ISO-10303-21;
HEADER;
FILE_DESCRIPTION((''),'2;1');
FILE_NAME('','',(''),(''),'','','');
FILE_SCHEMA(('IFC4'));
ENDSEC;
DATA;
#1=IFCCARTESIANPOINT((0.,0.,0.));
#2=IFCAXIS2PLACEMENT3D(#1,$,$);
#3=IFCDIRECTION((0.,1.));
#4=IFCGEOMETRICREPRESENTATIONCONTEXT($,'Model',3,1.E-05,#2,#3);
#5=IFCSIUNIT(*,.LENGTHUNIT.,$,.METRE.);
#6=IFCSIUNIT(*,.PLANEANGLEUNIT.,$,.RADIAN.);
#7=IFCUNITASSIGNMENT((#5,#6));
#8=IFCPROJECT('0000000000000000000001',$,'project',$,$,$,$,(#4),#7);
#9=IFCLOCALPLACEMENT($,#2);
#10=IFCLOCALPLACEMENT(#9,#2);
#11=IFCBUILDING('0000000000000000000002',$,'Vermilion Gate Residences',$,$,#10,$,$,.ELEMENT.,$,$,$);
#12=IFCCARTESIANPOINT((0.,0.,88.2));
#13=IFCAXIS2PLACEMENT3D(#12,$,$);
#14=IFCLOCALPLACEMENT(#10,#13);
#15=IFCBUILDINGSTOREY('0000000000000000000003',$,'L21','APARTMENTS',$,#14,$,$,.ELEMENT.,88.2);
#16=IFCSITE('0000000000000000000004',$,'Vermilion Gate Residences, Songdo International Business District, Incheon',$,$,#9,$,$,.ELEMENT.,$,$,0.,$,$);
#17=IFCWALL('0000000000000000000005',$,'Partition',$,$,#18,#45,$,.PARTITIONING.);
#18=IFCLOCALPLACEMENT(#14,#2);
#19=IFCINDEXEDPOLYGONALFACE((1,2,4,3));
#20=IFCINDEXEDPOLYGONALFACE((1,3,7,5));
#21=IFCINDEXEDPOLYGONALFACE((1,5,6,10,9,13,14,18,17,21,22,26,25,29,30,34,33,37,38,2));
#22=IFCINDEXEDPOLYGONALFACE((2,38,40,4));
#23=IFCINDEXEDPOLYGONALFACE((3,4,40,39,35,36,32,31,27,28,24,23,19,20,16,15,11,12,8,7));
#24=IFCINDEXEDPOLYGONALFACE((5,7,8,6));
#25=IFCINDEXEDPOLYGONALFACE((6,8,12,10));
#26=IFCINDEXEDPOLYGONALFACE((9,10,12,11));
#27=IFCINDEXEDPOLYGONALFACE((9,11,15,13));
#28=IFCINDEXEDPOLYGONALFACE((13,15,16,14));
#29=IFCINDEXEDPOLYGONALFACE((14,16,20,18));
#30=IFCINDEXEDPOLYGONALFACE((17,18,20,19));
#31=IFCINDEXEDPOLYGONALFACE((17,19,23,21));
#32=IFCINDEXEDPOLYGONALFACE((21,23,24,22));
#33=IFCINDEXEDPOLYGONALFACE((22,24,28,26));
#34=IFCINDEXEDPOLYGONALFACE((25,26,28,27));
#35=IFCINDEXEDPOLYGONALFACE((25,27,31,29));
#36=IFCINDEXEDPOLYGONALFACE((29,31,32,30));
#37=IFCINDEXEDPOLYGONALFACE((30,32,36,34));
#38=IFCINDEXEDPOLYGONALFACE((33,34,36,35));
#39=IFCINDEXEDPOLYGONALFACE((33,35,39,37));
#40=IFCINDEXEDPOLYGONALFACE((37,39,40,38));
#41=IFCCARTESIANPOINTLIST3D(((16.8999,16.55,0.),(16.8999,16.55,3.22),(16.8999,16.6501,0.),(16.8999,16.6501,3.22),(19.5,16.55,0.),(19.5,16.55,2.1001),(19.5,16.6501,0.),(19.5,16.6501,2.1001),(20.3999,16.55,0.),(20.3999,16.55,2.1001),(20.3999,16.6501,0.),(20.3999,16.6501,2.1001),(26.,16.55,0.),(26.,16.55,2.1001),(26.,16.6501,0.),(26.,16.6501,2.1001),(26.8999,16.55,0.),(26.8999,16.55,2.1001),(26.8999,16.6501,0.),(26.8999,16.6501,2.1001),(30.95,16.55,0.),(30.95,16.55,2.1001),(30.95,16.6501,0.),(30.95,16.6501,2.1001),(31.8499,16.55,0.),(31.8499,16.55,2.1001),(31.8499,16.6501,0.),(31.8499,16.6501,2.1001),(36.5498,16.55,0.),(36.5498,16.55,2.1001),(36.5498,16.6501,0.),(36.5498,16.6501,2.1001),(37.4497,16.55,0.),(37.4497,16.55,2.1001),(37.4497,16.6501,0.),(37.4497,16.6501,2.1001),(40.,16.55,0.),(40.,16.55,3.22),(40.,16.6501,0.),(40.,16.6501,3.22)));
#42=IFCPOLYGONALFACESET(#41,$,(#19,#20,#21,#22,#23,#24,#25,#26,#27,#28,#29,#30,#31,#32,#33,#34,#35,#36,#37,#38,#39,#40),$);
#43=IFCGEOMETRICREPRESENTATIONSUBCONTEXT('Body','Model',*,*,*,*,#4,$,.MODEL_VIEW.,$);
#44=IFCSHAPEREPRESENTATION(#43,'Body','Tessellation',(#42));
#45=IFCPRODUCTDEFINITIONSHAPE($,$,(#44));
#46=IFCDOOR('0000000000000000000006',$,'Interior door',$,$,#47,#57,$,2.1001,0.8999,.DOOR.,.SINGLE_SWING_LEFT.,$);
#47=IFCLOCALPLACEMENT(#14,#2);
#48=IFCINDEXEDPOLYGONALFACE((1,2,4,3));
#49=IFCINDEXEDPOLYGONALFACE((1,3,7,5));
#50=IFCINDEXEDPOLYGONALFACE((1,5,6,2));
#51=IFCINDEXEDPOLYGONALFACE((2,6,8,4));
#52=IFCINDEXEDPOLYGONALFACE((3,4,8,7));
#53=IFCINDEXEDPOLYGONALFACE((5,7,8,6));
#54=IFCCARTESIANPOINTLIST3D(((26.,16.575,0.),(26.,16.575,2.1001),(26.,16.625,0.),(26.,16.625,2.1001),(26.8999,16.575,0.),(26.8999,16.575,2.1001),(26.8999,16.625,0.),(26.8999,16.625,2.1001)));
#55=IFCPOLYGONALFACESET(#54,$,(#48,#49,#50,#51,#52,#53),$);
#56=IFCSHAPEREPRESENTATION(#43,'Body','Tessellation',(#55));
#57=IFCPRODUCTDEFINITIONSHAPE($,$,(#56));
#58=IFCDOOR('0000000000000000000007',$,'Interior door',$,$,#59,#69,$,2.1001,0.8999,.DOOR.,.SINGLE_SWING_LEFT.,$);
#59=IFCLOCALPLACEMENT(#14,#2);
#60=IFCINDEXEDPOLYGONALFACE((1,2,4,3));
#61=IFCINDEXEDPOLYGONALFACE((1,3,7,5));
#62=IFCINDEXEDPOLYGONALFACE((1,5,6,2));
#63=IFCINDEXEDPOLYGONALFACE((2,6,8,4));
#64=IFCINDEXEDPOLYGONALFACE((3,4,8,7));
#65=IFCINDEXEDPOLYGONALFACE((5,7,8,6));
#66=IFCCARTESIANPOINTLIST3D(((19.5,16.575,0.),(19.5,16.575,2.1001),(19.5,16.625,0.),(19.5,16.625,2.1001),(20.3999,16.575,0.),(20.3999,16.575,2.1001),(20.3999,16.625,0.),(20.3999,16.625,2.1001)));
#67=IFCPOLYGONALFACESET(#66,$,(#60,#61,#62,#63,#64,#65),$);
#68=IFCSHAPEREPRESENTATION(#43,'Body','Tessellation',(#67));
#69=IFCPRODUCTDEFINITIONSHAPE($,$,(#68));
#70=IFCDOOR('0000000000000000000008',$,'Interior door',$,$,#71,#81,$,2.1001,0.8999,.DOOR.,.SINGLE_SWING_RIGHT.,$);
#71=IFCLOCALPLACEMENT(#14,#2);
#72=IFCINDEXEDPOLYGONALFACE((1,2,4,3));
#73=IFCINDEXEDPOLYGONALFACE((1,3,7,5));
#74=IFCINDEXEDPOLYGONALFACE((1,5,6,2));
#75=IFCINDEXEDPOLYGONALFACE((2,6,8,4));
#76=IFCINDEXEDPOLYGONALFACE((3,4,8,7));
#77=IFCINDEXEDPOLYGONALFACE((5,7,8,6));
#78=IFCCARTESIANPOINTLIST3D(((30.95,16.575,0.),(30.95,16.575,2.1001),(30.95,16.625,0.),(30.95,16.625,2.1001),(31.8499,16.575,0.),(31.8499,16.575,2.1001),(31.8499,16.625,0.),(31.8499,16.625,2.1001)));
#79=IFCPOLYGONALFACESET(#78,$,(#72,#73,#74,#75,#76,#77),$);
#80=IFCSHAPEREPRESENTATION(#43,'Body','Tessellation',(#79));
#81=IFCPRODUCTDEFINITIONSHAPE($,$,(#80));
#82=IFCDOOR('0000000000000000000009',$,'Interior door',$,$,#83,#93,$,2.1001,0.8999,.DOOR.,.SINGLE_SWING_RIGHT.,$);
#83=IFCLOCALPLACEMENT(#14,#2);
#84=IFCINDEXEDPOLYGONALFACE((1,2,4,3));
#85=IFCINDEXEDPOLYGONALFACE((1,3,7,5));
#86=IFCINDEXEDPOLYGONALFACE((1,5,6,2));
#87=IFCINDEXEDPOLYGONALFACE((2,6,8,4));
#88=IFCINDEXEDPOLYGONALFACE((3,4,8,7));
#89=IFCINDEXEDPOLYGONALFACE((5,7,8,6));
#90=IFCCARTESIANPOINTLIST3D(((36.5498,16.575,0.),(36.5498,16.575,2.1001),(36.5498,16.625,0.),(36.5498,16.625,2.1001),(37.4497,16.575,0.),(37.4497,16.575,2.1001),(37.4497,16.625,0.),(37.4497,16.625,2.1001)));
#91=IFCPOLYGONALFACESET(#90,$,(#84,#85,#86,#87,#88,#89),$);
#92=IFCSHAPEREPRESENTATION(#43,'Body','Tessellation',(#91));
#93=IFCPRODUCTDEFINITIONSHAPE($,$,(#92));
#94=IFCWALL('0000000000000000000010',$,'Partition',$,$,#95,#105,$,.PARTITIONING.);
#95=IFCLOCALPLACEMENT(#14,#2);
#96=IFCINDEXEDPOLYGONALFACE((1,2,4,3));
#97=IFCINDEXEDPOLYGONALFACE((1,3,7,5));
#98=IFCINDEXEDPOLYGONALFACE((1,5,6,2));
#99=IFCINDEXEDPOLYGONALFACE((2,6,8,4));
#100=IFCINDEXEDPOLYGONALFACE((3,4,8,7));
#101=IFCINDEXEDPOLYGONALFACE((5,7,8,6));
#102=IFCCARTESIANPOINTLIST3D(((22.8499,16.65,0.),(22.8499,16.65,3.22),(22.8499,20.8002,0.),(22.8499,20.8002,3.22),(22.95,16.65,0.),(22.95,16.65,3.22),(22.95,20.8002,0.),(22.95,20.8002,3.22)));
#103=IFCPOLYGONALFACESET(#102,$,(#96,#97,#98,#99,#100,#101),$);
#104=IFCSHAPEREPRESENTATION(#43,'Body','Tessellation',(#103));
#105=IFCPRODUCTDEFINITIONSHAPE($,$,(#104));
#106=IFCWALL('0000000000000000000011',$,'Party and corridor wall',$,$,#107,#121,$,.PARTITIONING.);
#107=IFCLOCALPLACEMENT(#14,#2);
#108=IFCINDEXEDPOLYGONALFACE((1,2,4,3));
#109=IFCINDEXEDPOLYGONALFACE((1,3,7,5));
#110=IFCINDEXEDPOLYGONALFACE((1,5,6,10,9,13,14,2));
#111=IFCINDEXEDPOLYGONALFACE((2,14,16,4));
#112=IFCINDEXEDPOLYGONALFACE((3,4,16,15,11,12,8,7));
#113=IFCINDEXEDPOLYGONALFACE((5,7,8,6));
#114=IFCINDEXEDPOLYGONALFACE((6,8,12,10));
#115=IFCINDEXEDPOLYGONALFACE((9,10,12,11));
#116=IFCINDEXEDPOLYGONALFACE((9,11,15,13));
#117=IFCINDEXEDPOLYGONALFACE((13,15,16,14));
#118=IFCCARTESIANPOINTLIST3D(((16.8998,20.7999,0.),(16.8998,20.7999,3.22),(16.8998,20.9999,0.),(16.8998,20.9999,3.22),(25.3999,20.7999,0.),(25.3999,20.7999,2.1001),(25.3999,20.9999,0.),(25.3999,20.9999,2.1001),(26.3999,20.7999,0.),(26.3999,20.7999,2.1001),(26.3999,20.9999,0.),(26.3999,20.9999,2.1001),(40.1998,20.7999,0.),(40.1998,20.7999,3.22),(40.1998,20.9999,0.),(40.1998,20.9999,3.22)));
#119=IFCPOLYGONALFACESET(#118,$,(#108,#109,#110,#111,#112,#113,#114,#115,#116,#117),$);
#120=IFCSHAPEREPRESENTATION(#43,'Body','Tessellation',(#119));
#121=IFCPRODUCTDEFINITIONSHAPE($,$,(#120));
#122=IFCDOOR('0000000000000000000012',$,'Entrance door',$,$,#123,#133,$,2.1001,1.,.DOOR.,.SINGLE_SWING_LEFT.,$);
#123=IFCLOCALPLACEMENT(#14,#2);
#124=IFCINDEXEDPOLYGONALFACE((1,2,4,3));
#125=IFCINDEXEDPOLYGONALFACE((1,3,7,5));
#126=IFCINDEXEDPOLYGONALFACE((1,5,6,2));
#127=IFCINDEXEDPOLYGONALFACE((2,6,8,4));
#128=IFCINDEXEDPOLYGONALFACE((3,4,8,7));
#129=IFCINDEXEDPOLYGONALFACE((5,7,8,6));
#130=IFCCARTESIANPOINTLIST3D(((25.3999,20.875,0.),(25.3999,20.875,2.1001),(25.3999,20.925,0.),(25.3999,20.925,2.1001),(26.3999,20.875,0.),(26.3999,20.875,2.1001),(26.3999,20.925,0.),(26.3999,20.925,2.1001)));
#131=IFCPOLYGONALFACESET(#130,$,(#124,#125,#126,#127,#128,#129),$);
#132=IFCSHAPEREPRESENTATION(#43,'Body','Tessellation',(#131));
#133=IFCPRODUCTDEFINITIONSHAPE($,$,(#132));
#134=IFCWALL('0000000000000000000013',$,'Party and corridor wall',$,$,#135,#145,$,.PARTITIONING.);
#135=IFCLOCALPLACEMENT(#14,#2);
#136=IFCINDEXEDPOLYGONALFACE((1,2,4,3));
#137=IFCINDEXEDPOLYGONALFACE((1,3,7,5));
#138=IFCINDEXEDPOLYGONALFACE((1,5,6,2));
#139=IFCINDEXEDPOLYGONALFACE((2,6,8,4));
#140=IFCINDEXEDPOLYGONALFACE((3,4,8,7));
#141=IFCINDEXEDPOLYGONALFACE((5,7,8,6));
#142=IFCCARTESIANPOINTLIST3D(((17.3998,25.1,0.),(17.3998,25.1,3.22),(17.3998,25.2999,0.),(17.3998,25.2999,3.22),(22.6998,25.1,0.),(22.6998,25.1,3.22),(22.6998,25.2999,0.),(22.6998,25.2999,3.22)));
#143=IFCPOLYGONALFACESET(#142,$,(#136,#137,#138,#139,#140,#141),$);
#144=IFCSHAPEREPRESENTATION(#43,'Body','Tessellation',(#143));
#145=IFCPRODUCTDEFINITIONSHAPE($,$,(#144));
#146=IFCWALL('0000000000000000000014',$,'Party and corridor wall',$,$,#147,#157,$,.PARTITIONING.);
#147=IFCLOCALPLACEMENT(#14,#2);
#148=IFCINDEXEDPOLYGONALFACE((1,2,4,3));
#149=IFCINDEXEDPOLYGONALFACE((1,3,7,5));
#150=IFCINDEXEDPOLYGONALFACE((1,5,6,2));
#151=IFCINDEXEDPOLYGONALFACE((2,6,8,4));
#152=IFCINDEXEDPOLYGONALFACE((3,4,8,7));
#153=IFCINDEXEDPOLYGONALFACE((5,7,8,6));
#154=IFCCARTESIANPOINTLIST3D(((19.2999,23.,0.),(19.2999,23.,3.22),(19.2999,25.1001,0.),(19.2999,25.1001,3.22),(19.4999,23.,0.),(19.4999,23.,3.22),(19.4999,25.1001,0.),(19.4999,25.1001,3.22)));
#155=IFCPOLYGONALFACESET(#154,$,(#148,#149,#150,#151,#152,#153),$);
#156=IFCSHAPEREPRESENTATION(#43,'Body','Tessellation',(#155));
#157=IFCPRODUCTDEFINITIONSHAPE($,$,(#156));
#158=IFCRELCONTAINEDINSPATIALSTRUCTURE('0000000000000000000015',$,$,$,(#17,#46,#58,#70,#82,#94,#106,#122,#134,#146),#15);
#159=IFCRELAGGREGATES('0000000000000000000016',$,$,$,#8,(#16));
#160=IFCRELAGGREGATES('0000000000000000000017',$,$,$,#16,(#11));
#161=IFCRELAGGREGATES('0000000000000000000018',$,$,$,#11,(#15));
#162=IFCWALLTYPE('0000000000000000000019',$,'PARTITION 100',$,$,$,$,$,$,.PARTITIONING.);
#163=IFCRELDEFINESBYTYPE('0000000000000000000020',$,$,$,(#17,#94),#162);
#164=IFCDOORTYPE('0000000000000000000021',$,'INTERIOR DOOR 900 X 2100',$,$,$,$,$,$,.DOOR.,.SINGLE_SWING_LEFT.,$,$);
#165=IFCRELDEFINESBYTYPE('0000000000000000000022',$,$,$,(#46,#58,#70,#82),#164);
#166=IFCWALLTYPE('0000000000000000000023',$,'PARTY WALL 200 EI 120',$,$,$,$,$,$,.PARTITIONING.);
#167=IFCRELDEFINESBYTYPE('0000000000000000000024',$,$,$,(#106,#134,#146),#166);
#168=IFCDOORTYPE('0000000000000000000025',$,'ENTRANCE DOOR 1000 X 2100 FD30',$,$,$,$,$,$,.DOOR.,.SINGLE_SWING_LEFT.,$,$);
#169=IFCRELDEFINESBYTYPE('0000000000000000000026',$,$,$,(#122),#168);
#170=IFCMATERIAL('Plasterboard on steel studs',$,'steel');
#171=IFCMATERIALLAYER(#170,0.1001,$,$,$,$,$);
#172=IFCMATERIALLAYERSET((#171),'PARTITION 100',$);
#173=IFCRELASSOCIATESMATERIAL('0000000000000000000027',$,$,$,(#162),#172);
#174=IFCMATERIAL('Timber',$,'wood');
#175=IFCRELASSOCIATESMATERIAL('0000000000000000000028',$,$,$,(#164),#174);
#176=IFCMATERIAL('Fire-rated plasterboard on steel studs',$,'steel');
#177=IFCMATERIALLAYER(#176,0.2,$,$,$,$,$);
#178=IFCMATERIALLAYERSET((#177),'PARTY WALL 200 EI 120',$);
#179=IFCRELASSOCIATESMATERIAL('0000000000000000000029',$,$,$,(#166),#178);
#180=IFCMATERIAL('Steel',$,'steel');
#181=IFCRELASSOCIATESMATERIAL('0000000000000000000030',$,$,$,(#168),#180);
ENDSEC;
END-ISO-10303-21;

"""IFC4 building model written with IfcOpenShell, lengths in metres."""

from ifc_helpers import new_model, si_unit, direction, frame, frame_2d, origin, place, context, subcontext, project, spatial, rectangle, extrude, material, layer, layer_set, type_object, element, fill, save


model = new_model("IFC4")

# Units and contexts
model_context = context("Model", 3, precision=1e-05, world=origin(), true_north=direction((0.0, 1.0)))
body_context = subcontext(model_context, "Body", "Model", "MODEL_VIEW")
ifc_project = project(units=[si_unit("LENGTHUNIT", "METRE"), si_unit("PLANEANGLEUNIT", "RADIAN")], contexts=[model_context])

# Site, building, storey
site_placement = place(None, origin())
site = spatial("IfcSite", under=ifc_project, at=site_placement, Name="Vermilion Gate Residences, Songdo International Business District, Incheon", CompositionType="ELEMENT", RefElevation=0.0)
building_placement = place(site_placement, origin())
building = spatial("IfcBuilding", under=site, at=building_placement, Name="Vermilion Gate Residences", CompositionType="ELEMENT")
storey_placement = place(building_placement, frame((0.0, 0.0, 88.2)))
storey = spatial("IfcBuildingStorey", under=building, at=storey_placement, Name="L21", Description="APARTMENTS", CompositionType="ELEMENT", Elevation=88.2)

# Wall, openings, doors
ifc_material_1 = material(Name="Plasterboard on steel studs", Category="steel")
ifc_layer_1 = layer(ifc_material_1, 0.1001)
ifc_layer_set_1 = layer_set([ifc_layer_1], Name="PARTITION 100")
wall_type_1 = type_object("IfcWallType", Name="PARTITION 100", PredefinedType="PARTITIONING", material=ifc_layer_set_1)
wall_1_placement = place(storey_placement, frame((16.8999, 16.6001, 0.0), z_axis=(0.0, 0.0, 1.0), x_axis=(1.0, 0.0, 0.0)))
wall_1 = element("IfcWall", 1, at=wall_1_placement, inside=storey, type_object=wall_type_1, Name="Partition", PredefinedType="PARTITIONING", context=body_context, shape_type="SweptSolid", body=[
    extrude(rectangle(XDim=23.1001, YDim=0.1001, at=frame_2d((11.55, 0.0))), origin(), (0.0, 0.0, 1.0), 3.22),
])
opening_1_placement = place(wall_1_placement, frame((9.1001, 0.0, 0.0)))
opening_1 = element("IfcOpeningElement", 2, at=opening_1_placement, cuts=wall_1, PredefinedType="OPENING", context=body_context, shape_type="SweptSolid", body=[
    extrude(rectangle(XDim=0.8999, YDim=2.1001, at=frame_2d((0.45, 1.05))), frame((0.0, 0.0601, 0.0), z_axis=(0.0, -1.0, 0.0), x_axis=(1.0, 0.0, 0.0)), (0.0, 0.0, 1.0), 0.1201),
])
opening_2_placement = place(wall_1_placement, frame((2.6001, 0.0, 0.0)))
opening_2 = element("IfcOpeningElement", 3, at=opening_2_placement, cuts=wall_1, PredefinedType="OPENING", context=body_context, shape_type="SweptSolid", body=[
    extrude(rectangle(XDim=0.8999, YDim=2.1001, at=frame_2d((0.45, 1.05))), frame((0.0, 0.0601, 0.0), z_axis=(0.0, -1.0, 0.0), x_axis=(1.0, 0.0, 0.0)), (0.0, 0.0, 1.0), 0.1201),
])
opening_3_placement = place(wall_1_placement, frame((14.05, 0.0, 0.0)))
opening_3 = element("IfcOpeningElement", 4, at=opening_3_placement, cuts=wall_1, PredefinedType="OPENING", context=body_context, shape_type="SweptSolid", body=[
    extrude(rectangle(XDim=0.8999, YDim=2.1001, at=frame_2d((0.45, 1.05))), frame((0.0, 0.0601, 0.0), z_axis=(0.0, -1.0, 0.0), x_axis=(1.0, 0.0, 0.0)), (0.0, 0.0, 1.0), 0.1201),
])
opening_4_placement = place(wall_1_placement, frame((19.6499, 0.0, 0.0)))
opening_4 = element("IfcOpeningElement", 5, at=opening_4_placement, cuts=wall_1, PredefinedType="OPENING", context=body_context, shape_type="SweptSolid", body=[
    extrude(rectangle(XDim=0.8999, YDim=2.1001, at=frame_2d((0.45, 1.05))), frame((0.0, 0.0601, 0.0), z_axis=(0.0, -1.0, 0.0), x_axis=(1.0, 0.0, 0.0)), (0.0, 0.0, 1.0), 0.1201),
])
ifc_material_2 = material(Name="Timber", Category="wood")
door_type_1 = type_object("IfcDoorType", Name="INTERIOR DOOR 900 X 2100", OperationType="SINGLE_SWING_LEFT", PredefinedType="DOOR", material=ifc_material_2)
door_1_placement = place(opening_1_placement, origin())
door_1 = element("IfcDoor", 6, at=door_1_placement, inside=storey, type_object=door_type_1, Name="Interior door", OperationType="SINGLE_SWING_LEFT", OverallHeight=2.1001, OverallWidth=0.8999, PredefinedType="DOOR", context=body_context, shape_type="SweptSolid", body=[
    extrude(rectangle(XDim=0.8999, YDim=2.1001, at=frame_2d((0.45, 1.05))), frame((0.0, 0.0249, 0.0), z_axis=(0.0, -1.0, 0.0), x_axis=(1.0, 0.0, 0.0)), (0.0, 0.0, 1.0), 0.05),
])
fill(opening_1, door_1)
door_2_placement = place(opening_2_placement, origin())
door_2 = element("IfcDoor", 7, at=door_2_placement, inside=storey, type_object=door_type_1, Name="Interior door", OperationType="SINGLE_SWING_LEFT", OverallHeight=2.1001, OverallWidth=0.8999, PredefinedType="DOOR", context=body_context, shape_type="SweptSolid", body=[
    extrude(rectangle(XDim=0.8999, YDim=2.1001, at=frame_2d((0.45, 1.05))), frame((0.0, 0.0249, 0.0), z_axis=(0.0, -1.0, 0.0), x_axis=(1.0, 0.0, 0.0)), (0.0, 0.0, 1.0), 0.05),
])
fill(opening_2, door_2)
door_3_placement = place(opening_3_placement, origin())
door_3 = element("IfcDoor", 8, at=door_3_placement, inside=storey, type_object=door_type_1, Name="Interior door", OperationType="SINGLE_SWING_RIGHT", OverallHeight=2.1001, OverallWidth=0.8999, PredefinedType="DOOR", context=body_context, shape_type="SweptSolid", body=[
    extrude(rectangle(XDim=0.8999, YDim=2.1001, at=frame_2d((0.45, 1.05))), frame((0.0, 0.0249, 0.0), z_axis=(0.0, -1.0, 0.0), x_axis=(1.0, 0.0, 0.0)), (0.0, 0.0, 1.0), 0.05),
])
fill(opening_3, door_3)
door_4_placement = place(opening_4_placement, origin())
door_4 = element("IfcDoor", 9, at=door_4_placement, inside=storey, type_object=door_type_1, Name="Interior door", OperationType="SINGLE_SWING_RIGHT", OverallHeight=2.1001, OverallWidth=0.8999, PredefinedType="DOOR", context=body_context, shape_type="SweptSolid", body=[
    extrude(rectangle(XDim=0.8999, YDim=2.1001, at=frame_2d((0.45, 1.05))), frame((0.0, 0.0249, 0.0), z_axis=(0.0, -1.0, 0.0), x_axis=(1.0, 0.0, 0.0)), (0.0, 0.0, 1.0), 0.05),
])
fill(opening_4, door_4)

# Wall
wall_2_placement = place(storey_placement, frame((22.8999, 16.6499, 0.0), z_axis=(0.0, 0.0, 1.0), x_axis=(0.0, 1.0, 0.0)))
element("IfcWall", 10, at=wall_2_placement, inside=storey, type_object=wall_type_1, Name="Partition", PredefinedType="PARTITIONING", context=body_context, shape_type="SweptSolid", body=[
    extrude(rectangle(XDim=4.1501, YDim=0.1001, at=frame_2d((2.0752, 0.0))), origin(), (0.0, 0.0, 1.0), 3.22),
])

# Wall, opening, door
ifc_material_3 = material(Name="Fire-rated plasterboard on steel studs", Category="steel")
ifc_layer_2 = layer(ifc_material_3, 0.2)
ifc_layer_set_2 = layer_set([ifc_layer_2], Name="PARTY WALL 200 EI 120")
wall_type_2 = type_object("IfcWallType", Name="PARTY WALL 200 EI 120", PredefinedType="PARTITIONING", material=ifc_layer_set_2)
wall_3_placement = place(storey_placement, frame((16.8999, 20.8999, 0.0), z_axis=(0.0, 0.0, 1.0), x_axis=(1.0, 0.0, 0.0)))
wall_3 = element("IfcWall", 11, at=wall_3_placement, inside=storey, type_object=wall_type_2, Name="Party and corridor wall", PredefinedType="PARTITIONING", context=body_context, shape_type="SweptSolid", body=[
    extrude(rectangle(XDim=23.3, YDim=0.2, at=frame_2d((11.6499, 0.0))), origin(), (0.0, 0.0, 1.0), 3.22),
])
opening_5_placement = place(wall_3_placement, frame((8.5, 0.0, 0.0)))
opening_5 = element("IfcOpeningElement", 12, at=opening_5_placement, cuts=wall_3, PredefinedType="OPENING", context=body_context, shape_type="SweptSolid", body=[
    extrude(rectangle(XDim=1.0, YDim=2.1001, at=frame_2d((0.5, 1.05))), frame((0.0, 0.1099, 0.0), z_axis=(0.0, -1.0, 0.0), x_axis=(1.0, 0.0, 0.0)), (0.0, 0.0, 1.0), 0.22),
])
ifc_material_4 = material(Name="Steel", Category="steel")
door_type_2 = type_object("IfcDoorType", Name="ENTRANCE DOOR 1000 X 2100 FD30", OperationType="SINGLE_SWING_LEFT", PredefinedType="DOOR", material=ifc_material_4)
door_5_placement = place(opening_5_placement, frame((1.0, 0.0, 0.0), z_axis=(0.0, 0.0, 1.0), x_axis=(-1.0, 0.0, 0.0)))
door_5 = element("IfcDoor", 13, at=door_5_placement, inside=storey, type_object=door_type_2, Name="Entrance door", OperationType="SINGLE_SWING_LEFT", OverallHeight=2.1001, OverallWidth=1.0, PredefinedType="DOOR", context=body_context, shape_type="SweptSolid", body=[
    extrude(rectangle(XDim=1.0, YDim=2.1001, at=frame_2d((0.5, 1.05))), frame((0.0, 0.0249, 0.0), z_axis=(0.0, -1.0, 0.0), x_axis=(1.0, 0.0, 0.0)), (0.0, 0.0, 1.0), 0.05),
])
fill(opening_5, door_5)

# Walls
wall_4_placement = place(storey_placement, frame((17.3999, 25.2, 0.0), z_axis=(0.0, 0.0, 1.0), x_axis=(1.0, 0.0, 0.0)))
element("IfcWall", 14, at=wall_4_placement, inside=storey, type_object=wall_type_2, Name="Party and corridor wall", PredefinedType="PARTITIONING", context=body_context, shape_type="SweptSolid", body=[
    extrude(rectangle(XDim=5.3, YDim=0.2, at=frame_2d((2.6499, 0.0))), origin(), (0.0, 0.0, 1.0), 3.22),
])
wall_5_placement = place(storey_placement, frame((19.3999, 23.0, 0.0), z_axis=(0.0, 0.0, 1.0), x_axis=(0.0, 1.0, 0.0)))
element("IfcWall", 15, at=wall_5_placement, inside=storey, type_object=wall_type_2, Name="Party and corridor wall", PredefinedType="PARTITIONING", context=body_context, shape_type="SweptSolid", body=[
    extrude(rectangle(XDim=2.1001, YDim=0.2, at=frame_2d((1.05, 0.0))), origin(), (0.0, 0.0, 1.0), 3.22),
])

save(model, "model.ifc")
